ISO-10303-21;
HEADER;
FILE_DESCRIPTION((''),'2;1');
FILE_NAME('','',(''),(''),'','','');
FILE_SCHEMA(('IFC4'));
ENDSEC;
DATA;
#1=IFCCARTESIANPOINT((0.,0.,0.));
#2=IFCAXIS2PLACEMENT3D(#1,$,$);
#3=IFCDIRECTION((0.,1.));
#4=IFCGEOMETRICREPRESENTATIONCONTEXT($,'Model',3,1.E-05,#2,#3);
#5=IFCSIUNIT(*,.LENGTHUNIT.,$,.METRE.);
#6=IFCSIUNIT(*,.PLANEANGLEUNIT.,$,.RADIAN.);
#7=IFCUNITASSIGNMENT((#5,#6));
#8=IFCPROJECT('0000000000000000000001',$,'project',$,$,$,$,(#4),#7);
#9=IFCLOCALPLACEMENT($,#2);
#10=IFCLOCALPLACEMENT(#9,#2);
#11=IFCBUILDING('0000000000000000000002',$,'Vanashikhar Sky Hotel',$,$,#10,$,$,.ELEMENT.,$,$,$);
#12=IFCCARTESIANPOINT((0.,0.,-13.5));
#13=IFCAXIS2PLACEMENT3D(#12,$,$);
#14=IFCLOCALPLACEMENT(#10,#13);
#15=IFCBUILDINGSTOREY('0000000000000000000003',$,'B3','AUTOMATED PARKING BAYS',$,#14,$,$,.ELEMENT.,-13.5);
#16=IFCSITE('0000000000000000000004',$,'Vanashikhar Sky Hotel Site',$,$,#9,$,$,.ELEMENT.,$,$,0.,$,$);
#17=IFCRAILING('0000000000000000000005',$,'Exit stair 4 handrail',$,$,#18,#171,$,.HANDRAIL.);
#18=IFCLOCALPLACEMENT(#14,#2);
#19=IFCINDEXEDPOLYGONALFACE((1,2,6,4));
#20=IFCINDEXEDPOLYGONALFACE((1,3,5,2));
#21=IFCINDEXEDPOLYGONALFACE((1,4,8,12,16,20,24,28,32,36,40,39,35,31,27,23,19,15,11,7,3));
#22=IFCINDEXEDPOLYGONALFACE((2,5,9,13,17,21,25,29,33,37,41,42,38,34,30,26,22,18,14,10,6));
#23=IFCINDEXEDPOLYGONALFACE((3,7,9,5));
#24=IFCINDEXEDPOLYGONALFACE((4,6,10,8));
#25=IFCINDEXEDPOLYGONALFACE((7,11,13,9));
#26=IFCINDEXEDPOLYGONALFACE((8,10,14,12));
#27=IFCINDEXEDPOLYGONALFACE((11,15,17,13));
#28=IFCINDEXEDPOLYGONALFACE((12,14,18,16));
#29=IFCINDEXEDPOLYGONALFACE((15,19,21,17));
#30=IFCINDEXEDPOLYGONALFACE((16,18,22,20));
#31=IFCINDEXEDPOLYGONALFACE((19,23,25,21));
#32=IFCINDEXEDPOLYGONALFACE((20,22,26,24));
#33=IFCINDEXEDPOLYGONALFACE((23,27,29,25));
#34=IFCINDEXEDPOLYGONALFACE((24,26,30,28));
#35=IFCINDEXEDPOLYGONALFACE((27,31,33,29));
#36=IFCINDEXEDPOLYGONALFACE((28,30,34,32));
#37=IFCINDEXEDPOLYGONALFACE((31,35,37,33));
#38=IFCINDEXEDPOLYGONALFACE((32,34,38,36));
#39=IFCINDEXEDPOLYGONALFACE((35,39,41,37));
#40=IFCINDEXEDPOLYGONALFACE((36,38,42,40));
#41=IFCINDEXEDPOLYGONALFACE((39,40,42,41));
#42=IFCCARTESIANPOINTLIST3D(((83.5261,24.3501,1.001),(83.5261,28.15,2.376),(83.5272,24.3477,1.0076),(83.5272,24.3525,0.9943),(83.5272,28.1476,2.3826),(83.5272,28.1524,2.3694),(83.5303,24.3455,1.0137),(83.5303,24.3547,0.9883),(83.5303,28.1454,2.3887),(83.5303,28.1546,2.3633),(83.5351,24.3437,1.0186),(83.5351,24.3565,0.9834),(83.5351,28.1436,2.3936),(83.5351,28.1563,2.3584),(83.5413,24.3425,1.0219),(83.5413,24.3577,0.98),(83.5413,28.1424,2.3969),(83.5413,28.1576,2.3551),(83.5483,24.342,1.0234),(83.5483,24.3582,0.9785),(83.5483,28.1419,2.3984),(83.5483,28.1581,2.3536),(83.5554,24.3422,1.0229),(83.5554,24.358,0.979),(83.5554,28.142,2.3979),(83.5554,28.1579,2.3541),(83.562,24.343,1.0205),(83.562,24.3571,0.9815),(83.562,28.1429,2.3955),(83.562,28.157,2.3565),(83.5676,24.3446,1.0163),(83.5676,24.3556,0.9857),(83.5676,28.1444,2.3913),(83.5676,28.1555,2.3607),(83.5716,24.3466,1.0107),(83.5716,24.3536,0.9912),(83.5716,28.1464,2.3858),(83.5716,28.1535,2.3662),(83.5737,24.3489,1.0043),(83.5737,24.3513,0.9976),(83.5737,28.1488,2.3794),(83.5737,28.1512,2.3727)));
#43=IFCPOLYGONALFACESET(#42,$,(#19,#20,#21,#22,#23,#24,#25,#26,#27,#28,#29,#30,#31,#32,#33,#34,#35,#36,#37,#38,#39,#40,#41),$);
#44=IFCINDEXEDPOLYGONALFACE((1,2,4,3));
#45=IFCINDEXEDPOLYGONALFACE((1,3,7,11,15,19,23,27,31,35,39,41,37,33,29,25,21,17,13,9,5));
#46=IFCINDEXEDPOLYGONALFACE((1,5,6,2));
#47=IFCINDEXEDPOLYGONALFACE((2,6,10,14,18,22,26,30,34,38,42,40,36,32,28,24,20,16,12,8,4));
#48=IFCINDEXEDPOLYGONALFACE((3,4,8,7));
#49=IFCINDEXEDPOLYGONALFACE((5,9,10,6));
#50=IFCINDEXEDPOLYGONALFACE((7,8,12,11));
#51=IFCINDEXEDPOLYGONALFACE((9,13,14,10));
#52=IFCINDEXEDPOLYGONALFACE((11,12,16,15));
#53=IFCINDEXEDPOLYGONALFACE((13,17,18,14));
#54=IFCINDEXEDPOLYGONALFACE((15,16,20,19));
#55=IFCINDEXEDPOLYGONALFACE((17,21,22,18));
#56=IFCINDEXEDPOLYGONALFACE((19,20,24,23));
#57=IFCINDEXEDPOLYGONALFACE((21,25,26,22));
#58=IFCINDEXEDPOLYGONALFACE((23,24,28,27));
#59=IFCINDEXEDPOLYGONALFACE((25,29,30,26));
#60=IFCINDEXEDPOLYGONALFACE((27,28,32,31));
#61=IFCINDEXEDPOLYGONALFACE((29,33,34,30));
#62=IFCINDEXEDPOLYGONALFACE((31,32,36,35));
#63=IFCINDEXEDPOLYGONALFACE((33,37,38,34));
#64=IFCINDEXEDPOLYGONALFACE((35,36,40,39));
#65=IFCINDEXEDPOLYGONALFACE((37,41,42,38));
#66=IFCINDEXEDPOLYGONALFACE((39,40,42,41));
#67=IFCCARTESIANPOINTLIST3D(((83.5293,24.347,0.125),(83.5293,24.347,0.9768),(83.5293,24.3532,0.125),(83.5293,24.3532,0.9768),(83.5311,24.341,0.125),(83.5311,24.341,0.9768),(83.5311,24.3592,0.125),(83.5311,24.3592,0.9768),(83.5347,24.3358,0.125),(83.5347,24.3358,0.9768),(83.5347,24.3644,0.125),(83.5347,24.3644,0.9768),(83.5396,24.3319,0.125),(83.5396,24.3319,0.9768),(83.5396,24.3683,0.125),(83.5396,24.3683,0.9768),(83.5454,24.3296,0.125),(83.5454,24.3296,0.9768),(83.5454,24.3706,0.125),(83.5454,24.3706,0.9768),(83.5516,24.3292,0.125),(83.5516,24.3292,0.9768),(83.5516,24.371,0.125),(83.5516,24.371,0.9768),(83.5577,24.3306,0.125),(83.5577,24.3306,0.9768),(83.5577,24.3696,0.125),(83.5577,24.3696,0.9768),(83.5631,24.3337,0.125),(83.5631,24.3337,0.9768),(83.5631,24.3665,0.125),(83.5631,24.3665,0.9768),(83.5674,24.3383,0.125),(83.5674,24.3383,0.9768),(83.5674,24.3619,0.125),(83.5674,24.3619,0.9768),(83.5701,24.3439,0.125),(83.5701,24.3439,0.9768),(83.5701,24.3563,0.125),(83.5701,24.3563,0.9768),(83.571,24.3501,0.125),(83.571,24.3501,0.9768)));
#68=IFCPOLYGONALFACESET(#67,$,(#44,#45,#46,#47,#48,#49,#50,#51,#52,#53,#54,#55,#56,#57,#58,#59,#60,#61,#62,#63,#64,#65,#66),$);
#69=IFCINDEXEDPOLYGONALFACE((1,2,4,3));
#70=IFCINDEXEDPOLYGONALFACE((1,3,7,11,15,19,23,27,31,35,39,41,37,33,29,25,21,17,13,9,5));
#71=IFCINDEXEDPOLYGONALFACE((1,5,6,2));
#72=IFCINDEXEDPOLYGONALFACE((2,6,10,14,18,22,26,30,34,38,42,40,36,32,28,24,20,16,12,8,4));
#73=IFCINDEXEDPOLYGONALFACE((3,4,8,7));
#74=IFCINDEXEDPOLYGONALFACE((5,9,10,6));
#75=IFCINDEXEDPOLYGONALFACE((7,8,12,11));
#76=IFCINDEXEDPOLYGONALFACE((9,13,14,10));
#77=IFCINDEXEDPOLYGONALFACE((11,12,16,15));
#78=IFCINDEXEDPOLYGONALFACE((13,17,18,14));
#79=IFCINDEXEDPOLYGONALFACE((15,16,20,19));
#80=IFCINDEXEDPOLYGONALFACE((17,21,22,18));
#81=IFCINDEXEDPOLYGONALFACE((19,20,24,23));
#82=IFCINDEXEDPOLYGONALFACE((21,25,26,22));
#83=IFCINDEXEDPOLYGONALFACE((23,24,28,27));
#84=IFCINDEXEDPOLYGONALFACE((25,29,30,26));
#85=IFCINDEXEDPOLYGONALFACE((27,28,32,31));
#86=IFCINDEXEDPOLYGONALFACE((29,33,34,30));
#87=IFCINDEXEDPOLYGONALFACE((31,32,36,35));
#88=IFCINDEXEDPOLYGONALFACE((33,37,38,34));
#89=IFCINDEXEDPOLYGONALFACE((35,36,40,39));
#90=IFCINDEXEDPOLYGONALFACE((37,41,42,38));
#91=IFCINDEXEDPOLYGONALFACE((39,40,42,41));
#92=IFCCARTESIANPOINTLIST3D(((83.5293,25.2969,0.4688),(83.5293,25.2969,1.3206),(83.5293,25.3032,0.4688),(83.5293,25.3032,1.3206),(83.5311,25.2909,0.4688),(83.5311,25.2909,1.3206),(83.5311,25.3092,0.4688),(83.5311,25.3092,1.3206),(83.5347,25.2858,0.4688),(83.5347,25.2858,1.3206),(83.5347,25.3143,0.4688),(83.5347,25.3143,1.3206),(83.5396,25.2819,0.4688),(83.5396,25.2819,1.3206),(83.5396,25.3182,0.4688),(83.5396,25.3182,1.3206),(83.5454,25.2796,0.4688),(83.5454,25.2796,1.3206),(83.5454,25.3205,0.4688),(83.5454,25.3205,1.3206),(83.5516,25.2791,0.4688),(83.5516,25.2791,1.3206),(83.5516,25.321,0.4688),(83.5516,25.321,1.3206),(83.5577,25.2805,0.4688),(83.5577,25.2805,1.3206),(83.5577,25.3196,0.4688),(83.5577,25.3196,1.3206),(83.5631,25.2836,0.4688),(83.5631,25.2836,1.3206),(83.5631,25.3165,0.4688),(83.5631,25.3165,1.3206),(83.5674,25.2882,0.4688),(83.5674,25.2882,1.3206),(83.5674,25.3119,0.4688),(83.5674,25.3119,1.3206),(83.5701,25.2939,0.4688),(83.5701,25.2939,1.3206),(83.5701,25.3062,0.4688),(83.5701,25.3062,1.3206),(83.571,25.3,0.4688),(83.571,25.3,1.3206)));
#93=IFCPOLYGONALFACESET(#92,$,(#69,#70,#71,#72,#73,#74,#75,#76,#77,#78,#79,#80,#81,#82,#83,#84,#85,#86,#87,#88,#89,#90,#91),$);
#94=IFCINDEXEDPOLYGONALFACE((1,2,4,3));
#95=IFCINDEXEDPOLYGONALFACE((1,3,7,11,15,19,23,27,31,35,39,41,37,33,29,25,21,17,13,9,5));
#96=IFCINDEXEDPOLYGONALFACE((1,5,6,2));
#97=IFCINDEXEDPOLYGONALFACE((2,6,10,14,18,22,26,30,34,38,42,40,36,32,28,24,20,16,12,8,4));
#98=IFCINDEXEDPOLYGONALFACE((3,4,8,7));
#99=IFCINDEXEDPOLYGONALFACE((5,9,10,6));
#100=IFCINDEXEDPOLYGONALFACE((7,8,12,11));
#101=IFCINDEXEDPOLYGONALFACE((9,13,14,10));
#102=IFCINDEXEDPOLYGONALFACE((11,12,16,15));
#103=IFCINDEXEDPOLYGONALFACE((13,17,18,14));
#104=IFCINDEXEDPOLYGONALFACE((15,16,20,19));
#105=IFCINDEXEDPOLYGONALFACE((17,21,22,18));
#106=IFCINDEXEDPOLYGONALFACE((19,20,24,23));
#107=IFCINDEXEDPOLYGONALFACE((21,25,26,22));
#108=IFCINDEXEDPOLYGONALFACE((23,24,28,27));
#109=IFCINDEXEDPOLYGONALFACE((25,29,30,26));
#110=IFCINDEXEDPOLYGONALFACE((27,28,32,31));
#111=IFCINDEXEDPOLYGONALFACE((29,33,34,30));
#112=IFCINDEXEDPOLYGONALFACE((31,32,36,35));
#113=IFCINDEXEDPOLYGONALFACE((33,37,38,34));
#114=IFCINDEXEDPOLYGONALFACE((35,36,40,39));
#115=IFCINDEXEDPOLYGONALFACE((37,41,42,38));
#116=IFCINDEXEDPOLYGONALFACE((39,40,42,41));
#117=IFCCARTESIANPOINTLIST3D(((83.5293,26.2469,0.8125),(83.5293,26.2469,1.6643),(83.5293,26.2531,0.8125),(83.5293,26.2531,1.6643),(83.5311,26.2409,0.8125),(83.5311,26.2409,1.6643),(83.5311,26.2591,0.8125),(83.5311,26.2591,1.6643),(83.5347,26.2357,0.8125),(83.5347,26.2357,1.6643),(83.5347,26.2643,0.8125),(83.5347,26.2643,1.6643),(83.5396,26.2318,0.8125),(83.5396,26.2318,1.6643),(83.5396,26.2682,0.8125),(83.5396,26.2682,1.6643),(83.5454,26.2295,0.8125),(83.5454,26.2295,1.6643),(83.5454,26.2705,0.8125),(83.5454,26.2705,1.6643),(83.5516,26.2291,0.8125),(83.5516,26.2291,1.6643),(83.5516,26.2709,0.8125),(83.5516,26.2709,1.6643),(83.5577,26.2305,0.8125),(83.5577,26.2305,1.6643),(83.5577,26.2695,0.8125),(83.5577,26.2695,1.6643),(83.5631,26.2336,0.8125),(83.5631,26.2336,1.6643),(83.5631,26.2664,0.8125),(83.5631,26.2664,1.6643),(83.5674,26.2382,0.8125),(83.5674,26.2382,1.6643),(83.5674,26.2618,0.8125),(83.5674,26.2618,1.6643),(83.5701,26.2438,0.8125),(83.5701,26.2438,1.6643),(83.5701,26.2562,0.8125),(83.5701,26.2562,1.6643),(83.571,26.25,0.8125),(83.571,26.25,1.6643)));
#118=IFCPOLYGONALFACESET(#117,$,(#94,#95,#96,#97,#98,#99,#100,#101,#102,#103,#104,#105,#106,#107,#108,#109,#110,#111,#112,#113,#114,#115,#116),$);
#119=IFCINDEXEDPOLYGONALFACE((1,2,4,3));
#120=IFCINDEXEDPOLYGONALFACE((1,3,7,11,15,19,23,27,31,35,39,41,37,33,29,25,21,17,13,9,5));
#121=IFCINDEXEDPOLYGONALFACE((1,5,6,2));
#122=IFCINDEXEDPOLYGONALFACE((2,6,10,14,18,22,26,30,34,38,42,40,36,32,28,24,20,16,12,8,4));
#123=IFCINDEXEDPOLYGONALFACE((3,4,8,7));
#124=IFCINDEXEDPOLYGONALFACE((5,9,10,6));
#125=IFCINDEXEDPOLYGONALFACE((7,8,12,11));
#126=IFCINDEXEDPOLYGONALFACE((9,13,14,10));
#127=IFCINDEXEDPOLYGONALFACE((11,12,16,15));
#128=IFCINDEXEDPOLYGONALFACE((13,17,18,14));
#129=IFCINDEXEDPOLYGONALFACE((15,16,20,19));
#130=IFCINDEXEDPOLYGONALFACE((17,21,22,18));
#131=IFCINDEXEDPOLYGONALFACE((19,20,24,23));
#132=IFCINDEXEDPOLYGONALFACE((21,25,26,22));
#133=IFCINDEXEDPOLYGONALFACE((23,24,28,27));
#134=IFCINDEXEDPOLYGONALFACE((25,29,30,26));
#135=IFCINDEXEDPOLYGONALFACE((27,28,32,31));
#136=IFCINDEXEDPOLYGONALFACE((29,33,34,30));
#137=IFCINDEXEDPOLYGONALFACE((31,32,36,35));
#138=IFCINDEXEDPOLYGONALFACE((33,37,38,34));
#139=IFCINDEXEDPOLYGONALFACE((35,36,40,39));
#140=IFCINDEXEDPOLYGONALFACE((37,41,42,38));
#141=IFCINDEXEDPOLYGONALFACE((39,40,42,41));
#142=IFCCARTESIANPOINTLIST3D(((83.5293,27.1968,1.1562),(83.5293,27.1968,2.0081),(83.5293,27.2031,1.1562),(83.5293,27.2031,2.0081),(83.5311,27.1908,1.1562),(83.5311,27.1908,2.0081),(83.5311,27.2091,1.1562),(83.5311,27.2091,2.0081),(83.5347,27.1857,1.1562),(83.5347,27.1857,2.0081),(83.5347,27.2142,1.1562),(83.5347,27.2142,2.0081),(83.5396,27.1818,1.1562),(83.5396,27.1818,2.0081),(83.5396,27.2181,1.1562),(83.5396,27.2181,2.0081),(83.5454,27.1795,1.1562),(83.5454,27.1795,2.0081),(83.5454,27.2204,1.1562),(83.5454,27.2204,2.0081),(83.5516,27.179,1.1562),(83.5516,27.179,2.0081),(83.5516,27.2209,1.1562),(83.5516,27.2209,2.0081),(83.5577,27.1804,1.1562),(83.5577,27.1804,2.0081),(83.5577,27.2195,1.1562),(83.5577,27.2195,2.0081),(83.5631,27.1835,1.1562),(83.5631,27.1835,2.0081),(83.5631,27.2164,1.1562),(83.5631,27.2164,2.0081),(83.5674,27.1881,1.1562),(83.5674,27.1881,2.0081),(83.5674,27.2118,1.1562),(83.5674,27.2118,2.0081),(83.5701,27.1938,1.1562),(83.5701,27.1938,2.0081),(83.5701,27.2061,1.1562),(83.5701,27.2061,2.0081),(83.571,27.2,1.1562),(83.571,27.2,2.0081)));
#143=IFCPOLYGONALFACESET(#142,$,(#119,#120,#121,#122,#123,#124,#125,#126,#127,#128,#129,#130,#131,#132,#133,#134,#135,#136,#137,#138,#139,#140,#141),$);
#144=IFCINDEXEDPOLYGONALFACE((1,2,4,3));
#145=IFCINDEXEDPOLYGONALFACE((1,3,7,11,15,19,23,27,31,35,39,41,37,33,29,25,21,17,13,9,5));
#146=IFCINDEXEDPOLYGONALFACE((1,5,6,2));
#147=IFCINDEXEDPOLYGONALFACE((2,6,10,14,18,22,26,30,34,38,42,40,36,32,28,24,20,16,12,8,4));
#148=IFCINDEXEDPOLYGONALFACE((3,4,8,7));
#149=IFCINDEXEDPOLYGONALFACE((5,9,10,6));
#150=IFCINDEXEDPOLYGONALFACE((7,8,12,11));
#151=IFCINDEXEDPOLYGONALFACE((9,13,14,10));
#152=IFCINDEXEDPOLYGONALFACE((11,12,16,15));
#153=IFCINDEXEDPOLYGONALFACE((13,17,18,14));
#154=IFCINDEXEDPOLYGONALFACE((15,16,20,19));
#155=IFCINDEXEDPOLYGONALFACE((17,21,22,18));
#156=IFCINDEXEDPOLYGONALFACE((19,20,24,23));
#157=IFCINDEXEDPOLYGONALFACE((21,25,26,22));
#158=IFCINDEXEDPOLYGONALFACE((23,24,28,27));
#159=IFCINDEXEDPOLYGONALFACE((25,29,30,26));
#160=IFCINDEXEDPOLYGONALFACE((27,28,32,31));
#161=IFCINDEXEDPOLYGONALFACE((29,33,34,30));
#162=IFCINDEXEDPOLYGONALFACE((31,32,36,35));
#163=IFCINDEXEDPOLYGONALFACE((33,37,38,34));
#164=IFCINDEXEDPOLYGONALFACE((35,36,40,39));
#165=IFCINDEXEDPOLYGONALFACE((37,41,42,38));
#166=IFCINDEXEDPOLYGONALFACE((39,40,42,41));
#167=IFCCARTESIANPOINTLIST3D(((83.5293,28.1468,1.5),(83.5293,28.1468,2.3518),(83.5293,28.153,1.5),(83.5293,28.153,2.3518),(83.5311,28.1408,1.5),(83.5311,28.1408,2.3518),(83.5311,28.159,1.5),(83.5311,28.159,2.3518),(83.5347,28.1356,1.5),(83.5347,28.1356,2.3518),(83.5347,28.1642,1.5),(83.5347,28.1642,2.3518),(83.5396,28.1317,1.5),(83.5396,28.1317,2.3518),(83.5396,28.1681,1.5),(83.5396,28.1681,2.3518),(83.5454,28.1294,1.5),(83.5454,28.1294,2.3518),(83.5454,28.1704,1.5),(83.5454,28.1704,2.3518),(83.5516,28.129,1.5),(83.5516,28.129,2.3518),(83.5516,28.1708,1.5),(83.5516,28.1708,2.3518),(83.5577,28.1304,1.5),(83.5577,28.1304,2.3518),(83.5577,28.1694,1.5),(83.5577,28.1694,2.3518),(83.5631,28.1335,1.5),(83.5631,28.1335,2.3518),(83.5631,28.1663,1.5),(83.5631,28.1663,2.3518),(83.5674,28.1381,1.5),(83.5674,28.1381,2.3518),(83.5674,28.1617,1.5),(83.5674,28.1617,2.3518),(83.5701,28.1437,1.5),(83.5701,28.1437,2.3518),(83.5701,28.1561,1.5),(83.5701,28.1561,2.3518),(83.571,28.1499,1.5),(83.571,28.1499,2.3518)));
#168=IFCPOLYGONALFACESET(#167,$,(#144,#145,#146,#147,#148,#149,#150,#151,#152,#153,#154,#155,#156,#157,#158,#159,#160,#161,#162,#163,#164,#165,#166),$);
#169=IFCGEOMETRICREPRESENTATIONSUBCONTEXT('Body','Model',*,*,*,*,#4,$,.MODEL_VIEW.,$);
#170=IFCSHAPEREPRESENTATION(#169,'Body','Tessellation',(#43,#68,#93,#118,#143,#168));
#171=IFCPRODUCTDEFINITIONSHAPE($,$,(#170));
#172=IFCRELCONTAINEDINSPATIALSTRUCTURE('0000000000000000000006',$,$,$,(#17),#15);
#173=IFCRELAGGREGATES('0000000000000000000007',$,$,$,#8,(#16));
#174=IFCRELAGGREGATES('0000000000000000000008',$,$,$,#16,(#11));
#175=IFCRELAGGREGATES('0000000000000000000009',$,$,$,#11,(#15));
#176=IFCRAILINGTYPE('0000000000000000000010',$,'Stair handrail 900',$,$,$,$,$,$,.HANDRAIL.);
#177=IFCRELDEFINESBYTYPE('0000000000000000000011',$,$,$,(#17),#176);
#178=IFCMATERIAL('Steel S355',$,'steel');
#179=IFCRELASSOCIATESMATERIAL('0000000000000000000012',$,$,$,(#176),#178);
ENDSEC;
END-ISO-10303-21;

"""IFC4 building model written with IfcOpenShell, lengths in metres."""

from ifc_helpers import new_model, si_unit, direction, frame, origin, origin_2d, place, context, subcontext, project, spatial, circle, extrude, source, transform, mapped, material, type_object, element, save


model = new_model("IFC4")

# Units and contexts
model_context = context("Model", 3, precision=1e-05, world=origin(), true_north=direction((0.0, 1.0)))
body_context = subcontext(model_context, "Body", "Model", "MODEL_VIEW")
ifc_project = project(units=[si_unit("LENGTHUNIT", "METRE"), si_unit("PLANEANGLEUNIT", "RADIAN")], contexts=[model_context])

# Site, building, storey
site_placement = place(None, origin())
site = spatial("IfcSite", under=ifc_project, at=site_placement, Name="Vanashikhar Sky Hotel Site", CompositionType="ELEMENT", RefElevation=0.0)
building_placement = place(site_placement, origin())
building = spatial("IfcBuilding", under=site, at=building_placement, Name="Vanashikhar Sky Hotel", CompositionType="ELEMENT")
storey_placement = place(building_placement, frame((0.0, 0.0, -13.5)))
storey = spatial("IfcBuildingStorey", under=building, at=storey_placement, Name="B3", Description="AUTOMATED PARKING BAYS", CompositionType="ELEMENT", Elevation=-13.5)

# Railing
ifc_material_1 = material(Name="Steel S355", Category="steel")
railing_type_1 = type_object("IfcRailingType", Name="Stair handrail 900", PredefinedType="HANDRAIL", material=ifc_material_1)
shared_shape_1 = source(origin(), body_context, "Body", "SweptSolid", [
    extrude(circle(Radius=0.0239, at=origin_2d()), frame((0.0, 0.0, 0.876), z_axis=(0.0, 0.940329, 0.340268), x_axis=(-1.0, 0.0, 0.0)), (0.0, 0.0, 1.0), 4.041),
    extrude(circle(Radius=0.021, at=origin_2d()), origin(), (0.0, 0.0, 1.0), 0.8518),
    extrude(circle(Radius=0.021, at=origin_2d()), frame((0.0, 0.95, 0.3438)), (0.0, 0.0, 1.0), 0.8518),
    extrude(circle(Radius=0.021, at=origin_2d()), frame((0.0, 1.8999, 0.6875)), (0.0, 0.0, 1.0), 0.8518),
    extrude(circle(Radius=0.021, at=origin_2d()), frame((0.0, 2.8499, 1.0312)), (0.0, 0.0, 1.0), 0.8518),
    extrude(circle(Radius=0.021, at=origin_2d()), frame((0.0, 3.7998, 1.375)), (0.0, 0.0, 1.0), 0.8518),
])
for number, where, name in (
    (1, (83.55, 24.3501, 0.125), "Exit stair 4 handrail"),
):
    element("IfcRailing", number, at=place(storey_placement, frame(where)), inside=storey, type_object=railing_type_1, Name=name, PredefinedType="HANDRAIL", context=body_context, shape_type="MappedRepresentation", body=[
        mapped(shared_shape_1, transform((0.0, 0.0, 0.0), scale=1.0)),
    ])

save(model, "model.ifc")
